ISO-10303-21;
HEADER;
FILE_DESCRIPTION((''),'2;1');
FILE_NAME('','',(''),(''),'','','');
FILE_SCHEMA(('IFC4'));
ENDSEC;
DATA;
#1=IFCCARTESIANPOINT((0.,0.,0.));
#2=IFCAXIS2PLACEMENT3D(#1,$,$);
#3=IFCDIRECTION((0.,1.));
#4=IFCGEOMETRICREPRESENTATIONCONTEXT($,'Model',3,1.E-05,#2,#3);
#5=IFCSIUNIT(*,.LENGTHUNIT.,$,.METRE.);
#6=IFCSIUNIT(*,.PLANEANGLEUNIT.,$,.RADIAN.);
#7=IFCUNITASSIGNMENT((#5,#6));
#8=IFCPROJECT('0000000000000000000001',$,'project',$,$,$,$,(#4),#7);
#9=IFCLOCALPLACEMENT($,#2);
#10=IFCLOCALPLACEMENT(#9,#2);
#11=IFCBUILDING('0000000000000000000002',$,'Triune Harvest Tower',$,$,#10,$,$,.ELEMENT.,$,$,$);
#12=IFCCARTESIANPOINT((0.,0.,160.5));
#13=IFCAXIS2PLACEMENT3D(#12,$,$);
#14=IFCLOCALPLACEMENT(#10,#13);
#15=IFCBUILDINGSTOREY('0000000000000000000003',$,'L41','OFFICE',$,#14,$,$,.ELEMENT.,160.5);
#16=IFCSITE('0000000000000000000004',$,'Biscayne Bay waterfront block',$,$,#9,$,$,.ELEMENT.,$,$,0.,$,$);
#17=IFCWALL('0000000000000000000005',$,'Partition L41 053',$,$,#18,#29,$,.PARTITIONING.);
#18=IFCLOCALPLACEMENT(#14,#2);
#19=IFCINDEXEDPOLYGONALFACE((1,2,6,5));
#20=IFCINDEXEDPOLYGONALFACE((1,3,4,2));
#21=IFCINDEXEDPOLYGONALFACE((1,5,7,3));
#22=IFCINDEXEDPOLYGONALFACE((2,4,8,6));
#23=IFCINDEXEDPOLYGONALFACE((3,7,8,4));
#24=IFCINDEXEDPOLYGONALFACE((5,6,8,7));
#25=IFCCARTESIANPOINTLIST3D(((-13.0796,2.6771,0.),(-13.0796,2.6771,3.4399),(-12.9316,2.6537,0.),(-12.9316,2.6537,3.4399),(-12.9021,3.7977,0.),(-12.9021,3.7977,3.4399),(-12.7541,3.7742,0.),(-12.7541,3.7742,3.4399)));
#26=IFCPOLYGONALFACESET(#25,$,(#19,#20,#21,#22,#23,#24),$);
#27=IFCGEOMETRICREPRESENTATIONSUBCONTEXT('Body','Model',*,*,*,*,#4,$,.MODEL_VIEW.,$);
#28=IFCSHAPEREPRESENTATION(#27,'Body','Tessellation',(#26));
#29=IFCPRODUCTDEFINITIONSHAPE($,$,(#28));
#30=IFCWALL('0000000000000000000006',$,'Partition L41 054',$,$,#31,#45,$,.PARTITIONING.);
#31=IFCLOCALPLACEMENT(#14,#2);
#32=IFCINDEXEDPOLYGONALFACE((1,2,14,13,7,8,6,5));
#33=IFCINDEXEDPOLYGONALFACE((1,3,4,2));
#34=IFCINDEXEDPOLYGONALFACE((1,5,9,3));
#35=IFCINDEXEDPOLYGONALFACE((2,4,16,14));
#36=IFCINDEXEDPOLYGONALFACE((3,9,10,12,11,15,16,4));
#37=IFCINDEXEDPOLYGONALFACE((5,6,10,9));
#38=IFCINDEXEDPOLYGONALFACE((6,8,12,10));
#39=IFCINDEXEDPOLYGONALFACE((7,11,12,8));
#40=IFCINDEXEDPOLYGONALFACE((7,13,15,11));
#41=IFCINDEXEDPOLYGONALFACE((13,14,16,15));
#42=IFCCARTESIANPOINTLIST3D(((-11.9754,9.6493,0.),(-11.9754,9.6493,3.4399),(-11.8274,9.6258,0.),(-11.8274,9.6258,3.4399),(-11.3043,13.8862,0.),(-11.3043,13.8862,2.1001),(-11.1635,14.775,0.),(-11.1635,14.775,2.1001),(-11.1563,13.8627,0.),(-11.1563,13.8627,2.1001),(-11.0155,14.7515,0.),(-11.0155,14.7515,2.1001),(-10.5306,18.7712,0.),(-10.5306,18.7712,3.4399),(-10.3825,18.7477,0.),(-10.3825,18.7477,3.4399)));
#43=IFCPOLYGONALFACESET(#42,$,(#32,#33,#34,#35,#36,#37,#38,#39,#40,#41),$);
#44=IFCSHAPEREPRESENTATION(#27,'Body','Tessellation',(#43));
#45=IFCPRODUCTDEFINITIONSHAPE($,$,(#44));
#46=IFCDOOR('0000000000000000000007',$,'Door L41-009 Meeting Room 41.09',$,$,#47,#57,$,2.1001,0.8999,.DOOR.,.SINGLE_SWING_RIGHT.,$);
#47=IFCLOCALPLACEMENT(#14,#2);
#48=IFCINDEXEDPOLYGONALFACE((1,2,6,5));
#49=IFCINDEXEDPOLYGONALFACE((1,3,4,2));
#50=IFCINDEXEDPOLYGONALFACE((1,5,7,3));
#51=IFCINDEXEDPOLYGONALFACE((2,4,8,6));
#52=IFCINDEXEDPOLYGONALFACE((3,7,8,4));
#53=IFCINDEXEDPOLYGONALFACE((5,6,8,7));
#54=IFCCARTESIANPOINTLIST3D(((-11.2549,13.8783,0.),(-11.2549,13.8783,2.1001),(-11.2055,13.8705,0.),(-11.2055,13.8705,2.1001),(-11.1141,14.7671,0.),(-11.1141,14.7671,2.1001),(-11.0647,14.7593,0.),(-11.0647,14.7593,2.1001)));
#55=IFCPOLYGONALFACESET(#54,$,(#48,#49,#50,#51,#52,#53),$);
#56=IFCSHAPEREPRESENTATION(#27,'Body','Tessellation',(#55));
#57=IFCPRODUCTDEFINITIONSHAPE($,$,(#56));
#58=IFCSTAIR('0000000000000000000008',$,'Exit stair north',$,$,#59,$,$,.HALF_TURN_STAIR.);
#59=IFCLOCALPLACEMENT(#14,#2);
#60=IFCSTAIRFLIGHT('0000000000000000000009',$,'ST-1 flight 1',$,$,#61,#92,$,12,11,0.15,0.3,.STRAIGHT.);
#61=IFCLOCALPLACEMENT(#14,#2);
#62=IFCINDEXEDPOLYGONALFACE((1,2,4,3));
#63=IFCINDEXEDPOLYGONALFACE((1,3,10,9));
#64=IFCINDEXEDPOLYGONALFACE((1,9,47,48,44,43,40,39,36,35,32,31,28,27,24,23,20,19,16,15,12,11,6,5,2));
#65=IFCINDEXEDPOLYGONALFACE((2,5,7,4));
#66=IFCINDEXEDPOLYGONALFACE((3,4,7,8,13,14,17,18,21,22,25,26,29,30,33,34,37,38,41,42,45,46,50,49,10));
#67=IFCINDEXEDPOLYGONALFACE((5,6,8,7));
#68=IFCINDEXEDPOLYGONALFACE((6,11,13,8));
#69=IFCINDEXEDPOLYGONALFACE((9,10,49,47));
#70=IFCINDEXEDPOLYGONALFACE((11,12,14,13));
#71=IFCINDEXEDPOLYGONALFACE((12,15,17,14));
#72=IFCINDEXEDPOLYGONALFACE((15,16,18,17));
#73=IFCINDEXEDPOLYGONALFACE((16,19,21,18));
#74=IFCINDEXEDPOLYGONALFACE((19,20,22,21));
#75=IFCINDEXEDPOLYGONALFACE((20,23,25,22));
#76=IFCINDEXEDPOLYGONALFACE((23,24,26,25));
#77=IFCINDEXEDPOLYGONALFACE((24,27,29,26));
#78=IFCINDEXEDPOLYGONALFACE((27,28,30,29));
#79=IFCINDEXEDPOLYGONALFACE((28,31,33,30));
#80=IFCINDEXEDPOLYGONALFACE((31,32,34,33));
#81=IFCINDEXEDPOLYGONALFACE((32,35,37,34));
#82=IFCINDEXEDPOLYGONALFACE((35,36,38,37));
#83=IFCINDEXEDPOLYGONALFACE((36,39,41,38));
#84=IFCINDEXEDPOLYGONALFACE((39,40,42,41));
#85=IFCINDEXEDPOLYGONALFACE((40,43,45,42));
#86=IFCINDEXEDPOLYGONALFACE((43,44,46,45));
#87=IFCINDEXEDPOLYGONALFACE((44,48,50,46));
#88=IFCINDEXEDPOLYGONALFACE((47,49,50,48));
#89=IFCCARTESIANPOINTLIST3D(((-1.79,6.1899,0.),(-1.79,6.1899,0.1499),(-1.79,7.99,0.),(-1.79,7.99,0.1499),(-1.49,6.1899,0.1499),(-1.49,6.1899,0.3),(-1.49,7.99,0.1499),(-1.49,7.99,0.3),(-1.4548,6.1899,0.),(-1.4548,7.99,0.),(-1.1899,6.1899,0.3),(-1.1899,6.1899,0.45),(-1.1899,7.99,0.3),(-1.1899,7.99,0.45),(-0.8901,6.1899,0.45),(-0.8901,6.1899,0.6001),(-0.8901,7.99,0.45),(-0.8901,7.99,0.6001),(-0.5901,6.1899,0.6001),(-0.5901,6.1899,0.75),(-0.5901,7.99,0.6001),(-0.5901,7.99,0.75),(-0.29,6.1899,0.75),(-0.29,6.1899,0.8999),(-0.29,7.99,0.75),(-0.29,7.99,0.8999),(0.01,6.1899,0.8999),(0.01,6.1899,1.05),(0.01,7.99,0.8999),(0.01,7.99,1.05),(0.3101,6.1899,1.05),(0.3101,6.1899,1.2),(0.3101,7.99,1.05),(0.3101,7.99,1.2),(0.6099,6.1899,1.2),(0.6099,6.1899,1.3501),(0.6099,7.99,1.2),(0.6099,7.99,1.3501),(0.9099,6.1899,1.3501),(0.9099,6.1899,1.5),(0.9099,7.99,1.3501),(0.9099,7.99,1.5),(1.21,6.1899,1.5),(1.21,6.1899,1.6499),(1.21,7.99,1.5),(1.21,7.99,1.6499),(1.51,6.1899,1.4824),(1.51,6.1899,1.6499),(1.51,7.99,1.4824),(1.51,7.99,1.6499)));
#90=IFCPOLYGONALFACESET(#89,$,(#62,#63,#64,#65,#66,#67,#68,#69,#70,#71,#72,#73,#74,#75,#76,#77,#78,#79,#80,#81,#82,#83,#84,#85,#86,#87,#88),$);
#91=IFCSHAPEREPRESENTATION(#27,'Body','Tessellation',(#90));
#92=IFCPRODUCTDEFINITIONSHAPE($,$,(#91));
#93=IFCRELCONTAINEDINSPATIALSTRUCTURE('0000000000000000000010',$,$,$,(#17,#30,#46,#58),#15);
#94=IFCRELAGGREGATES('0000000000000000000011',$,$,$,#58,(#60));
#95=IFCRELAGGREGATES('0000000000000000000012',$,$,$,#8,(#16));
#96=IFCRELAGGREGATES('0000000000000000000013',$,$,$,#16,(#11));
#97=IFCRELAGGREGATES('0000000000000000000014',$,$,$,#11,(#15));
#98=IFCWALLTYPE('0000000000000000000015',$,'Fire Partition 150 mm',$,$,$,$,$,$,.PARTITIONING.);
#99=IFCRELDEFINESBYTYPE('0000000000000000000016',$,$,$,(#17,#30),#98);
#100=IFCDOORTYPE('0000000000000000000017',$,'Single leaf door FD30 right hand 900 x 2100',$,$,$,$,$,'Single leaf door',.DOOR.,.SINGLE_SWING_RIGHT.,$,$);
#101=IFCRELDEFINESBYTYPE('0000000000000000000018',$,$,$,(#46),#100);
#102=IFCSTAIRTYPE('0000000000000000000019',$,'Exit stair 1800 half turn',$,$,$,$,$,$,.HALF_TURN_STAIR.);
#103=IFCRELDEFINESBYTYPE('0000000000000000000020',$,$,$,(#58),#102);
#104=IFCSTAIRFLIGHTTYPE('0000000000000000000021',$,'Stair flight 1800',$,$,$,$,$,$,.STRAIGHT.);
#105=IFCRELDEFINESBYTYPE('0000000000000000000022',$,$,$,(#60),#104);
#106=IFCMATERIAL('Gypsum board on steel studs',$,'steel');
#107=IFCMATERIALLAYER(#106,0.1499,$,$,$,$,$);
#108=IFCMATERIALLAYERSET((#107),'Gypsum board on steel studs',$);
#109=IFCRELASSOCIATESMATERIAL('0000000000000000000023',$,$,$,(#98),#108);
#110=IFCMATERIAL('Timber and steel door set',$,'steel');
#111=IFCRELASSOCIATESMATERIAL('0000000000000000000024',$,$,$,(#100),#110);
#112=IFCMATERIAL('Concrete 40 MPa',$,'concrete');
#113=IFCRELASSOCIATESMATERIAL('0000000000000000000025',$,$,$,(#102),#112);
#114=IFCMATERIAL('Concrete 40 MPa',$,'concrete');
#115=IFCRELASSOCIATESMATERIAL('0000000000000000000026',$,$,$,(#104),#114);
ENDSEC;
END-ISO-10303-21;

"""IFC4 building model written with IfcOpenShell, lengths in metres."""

from ifc_helpers import new_model, si_unit, direction, frame, frame_2d, origin, place, context, subcontext, project, spatial, polyline, rectangle, outline, extrude, source, transform, mapped, material, layer, layer_set, type_object, element, fill, aggregate, save


model = new_model("IFC4")

# Units and contexts
model_context = context("Model", 3, precision=1e-05, world=origin(), true_north=direction((0.0, 1.0)))
body_context = subcontext(model_context, "Body", "Model", "MODEL_VIEW")
ifc_project = project(units=[si_unit("LENGTHUNIT", "METRE"), si_unit("PLANEANGLEUNIT", "RADIAN")], contexts=[model_context])

# Site, building, storey
site_placement = place(None, origin())
site = spatial("IfcSite", under=ifc_project, at=site_placement, Name="Biscayne Bay waterfront block", CompositionType="ELEMENT", RefElevation=0.0)
building_placement = place(site_placement, origin())
building = spatial("IfcBuilding", under=site, at=building_placement, Name="Triune Harvest Tower", CompositionType="ELEMENT")
storey_placement = place(building_placement, frame((0.0, 0.0, 160.5)))
storey = spatial("IfcBuildingStorey", under=building, at=storey_placement, Name="L41", Description="OFFICE", CompositionType="ELEMENT", Elevation=160.5)

# Shared definitions
ifc_material_1 = material(Name="Gypsum board on steel studs", Category="steel")
ifc_layer_1 = layer(ifc_material_1, 0.1499)
ifc_layer_set_1 = layer_set([ifc_layer_1], Name="Gypsum board on steel studs")
wall_type_1 = type_object("IfcWallType", Name="Fire Partition 150 mm", PredefinedType="PARTITIONING", material=ifc_layer_set_1)

# Shared definitions
ifc_material_2 = material(Name="Timber and steel door set", Category="steel")
door_type_1 = type_object("IfcDoorType", Name="Single leaf door FD30 right hand 900 x 2100", ElementType="Single leaf door", OperationType="SINGLE_SWING_RIGHT", PredefinedType="DOOR", material=ifc_material_2)

# Wall
shared_shape_1 = source(origin(), body_context, "Body", "SweptSolid", [
    extrude(rectangle(XDim=1.1345, YDim=0.1499, at=frame_2d((0.5674, 0.0))), origin(), (0.0, 0.0, 1.0), 3.4399),
])
wall_1_placement = place(storey_placement, frame((-13.0056, 2.6653, 0.0), z_axis=(0.0, 0.0, 1.0), x_axis=(0.156438, 0.987688, 0.0)))
element("IfcWall", 1, at=wall_1_placement, inside=storey, type_object=wall_type_1, Name="Partition L41 053", PredefinedType="PARTITIONING", context=body_context, shape_type="MappedRepresentation", body=[
    mapped(shared_shape_1, transform((0.0, 0.0, 0.0), scale=1.0)),
])

# Wall, opening, door
shared_shape_2 = source(origin(), body_context, "Body", "SweptSolid", [
    extrude(rectangle(XDim=9.2356, YDim=0.1499, at=frame_2d((4.6177, 0.0))), origin(), (0.0, 0.0, 1.0), 3.4399),
])
wall_2_placement = place(storey_placement, frame((-11.9014, 9.6377, 0.0), z_axis=(0.0, 0.0, 1.0), x_axis=(0.156442, 0.987687, 0.0)))
wall_2 = element("IfcWall", 2, at=wall_2_placement, inside=storey, type_object=wall_type_1, Name="Partition L41 054", PredefinedType="PARTITIONING", context=body_context, shape_type="MappedRepresentation", body=[
    mapped(shared_shape_2, transform((0.0, 0.0, 0.0), scale=1.0)),
])
opening_1_placement = place(wall_2_placement, frame((4.2896, 0.0, 0.0)))
opening_1 = element("IfcOpeningElement", 3, at=opening_1_placement, cuts=wall_2, PredefinedType="OPENING", context=body_context, shape_type="SweptSolid", body=[
    extrude(rectangle(XDim=0.8999, YDim=2.1001, at=frame_2d((0.45, 1.05))), frame((0.0, 0.085, 0.0), z_axis=(0.0, -1.0, 0.0), x_axis=(1.0, 0.0, 0.0)), (0.0, 0.0, 1.0), 0.1699),
])
door_1_placement = place(opening_1_placement, origin())
door_1 = element("IfcDoor", 4, at=door_1_placement, inside=storey, type_object=door_type_1, Name="Door L41-009 Meeting Room 41.09", OperationType="SINGLE_SWING_RIGHT", OverallHeight=2.1001, OverallWidth=0.8999, PredefinedType="DOOR", context=body_context, shape_type="SweptSolid", body=[
    extrude(rectangle(XDim=0.8999, YDim=2.1001, at=frame_2d((0.45, 1.05))), frame((0.0, 0.0249, 0.0), z_axis=(0.0, -1.0, 0.0), x_axis=(1.0, 0.0, 0.0)), (0.0, 0.0, 1.0), 0.05),
])
fill(opening_1, door_1)

# Stair, stair flight
ifc_material_3 = material(Name="Concrete 40 MPa", Category="concrete")
stair_type = type_object("IfcStairType", Name="Exit stair 1800 half turn", PredefinedType="HALF_TURN_STAIR", material=ifc_material_3)
stair_placement = place(storey_placement, origin())
stair = element("IfcStair", 5, at=stair_placement, inside=storey, type_object=stair_type, Name="Exit stair north", PredefinedType="HALF_TURN_STAIR")
ifc_material_4 = material(Name="Concrete 40 MPa", Category="concrete")
stair_flight_type = type_object("IfcStairFlightType", Name="Stair flight 1800", PredefinedType="STRAIGHT", material=ifc_material_4)
shared_shape_3 = source(origin(), body_context, "Body", "SweptSolid", [
    extrude(outline(polyline([(0.0, 0.0), (0.0, 0.1499), (0.3, 0.1499), (0.3, 0.3), (0.6001, 0.3), (0.6001, 0.45), (0.8999, 0.45), (0.8999, 0.6001), (1.2, 0.6001), (1.2, 0.75), (1.5, 0.75), (1.5, 0.8999), (1.8, 0.8999), (1.8, 1.05), (2.1001, 1.05), (2.1001, 1.2), (2.3999, 1.2), (2.3999, 1.3501), (2.7, 1.3501), (2.7, 1.5), (3.0, 1.5), (3.0, 1.6499), (3.3, 1.6499), (3.3, 1.8), (3.3, 1.4824), (0.3352, 0.0), (0.0, 0.0)])), frame((0.0, 0.8999, 0.0), z_axis=(0.0, -1.0, 0.0), x_axis=(1.0, 0.0, 0.0)), (0.0, 0.0, 1.0), 1.8),
])
stair_flight_placement = place(storey_placement, frame((-1.79, 7.0901, 0.0), z_axis=(0.0, 0.0, 1.0), x_axis=(1.0, 0.0, 0.0)))
stair_flight = element("IfcStairFlight", 6, at=stair_flight_placement, type_object=stair_flight_type, Name="ST-1 flight 1", NumberOfRisers=12, NumberOfTreads=11, PredefinedType="STRAIGHT", RiserHeight=0.15, TreadLength=0.3, context=body_context, shape_type="MappedRepresentation", body=[
    mapped(shared_shape_3, transform((0.0, 0.0, 0.0), scale=1.0)),
])
aggregate(stair, [stair_flight])

save(model, "model.ifc")
